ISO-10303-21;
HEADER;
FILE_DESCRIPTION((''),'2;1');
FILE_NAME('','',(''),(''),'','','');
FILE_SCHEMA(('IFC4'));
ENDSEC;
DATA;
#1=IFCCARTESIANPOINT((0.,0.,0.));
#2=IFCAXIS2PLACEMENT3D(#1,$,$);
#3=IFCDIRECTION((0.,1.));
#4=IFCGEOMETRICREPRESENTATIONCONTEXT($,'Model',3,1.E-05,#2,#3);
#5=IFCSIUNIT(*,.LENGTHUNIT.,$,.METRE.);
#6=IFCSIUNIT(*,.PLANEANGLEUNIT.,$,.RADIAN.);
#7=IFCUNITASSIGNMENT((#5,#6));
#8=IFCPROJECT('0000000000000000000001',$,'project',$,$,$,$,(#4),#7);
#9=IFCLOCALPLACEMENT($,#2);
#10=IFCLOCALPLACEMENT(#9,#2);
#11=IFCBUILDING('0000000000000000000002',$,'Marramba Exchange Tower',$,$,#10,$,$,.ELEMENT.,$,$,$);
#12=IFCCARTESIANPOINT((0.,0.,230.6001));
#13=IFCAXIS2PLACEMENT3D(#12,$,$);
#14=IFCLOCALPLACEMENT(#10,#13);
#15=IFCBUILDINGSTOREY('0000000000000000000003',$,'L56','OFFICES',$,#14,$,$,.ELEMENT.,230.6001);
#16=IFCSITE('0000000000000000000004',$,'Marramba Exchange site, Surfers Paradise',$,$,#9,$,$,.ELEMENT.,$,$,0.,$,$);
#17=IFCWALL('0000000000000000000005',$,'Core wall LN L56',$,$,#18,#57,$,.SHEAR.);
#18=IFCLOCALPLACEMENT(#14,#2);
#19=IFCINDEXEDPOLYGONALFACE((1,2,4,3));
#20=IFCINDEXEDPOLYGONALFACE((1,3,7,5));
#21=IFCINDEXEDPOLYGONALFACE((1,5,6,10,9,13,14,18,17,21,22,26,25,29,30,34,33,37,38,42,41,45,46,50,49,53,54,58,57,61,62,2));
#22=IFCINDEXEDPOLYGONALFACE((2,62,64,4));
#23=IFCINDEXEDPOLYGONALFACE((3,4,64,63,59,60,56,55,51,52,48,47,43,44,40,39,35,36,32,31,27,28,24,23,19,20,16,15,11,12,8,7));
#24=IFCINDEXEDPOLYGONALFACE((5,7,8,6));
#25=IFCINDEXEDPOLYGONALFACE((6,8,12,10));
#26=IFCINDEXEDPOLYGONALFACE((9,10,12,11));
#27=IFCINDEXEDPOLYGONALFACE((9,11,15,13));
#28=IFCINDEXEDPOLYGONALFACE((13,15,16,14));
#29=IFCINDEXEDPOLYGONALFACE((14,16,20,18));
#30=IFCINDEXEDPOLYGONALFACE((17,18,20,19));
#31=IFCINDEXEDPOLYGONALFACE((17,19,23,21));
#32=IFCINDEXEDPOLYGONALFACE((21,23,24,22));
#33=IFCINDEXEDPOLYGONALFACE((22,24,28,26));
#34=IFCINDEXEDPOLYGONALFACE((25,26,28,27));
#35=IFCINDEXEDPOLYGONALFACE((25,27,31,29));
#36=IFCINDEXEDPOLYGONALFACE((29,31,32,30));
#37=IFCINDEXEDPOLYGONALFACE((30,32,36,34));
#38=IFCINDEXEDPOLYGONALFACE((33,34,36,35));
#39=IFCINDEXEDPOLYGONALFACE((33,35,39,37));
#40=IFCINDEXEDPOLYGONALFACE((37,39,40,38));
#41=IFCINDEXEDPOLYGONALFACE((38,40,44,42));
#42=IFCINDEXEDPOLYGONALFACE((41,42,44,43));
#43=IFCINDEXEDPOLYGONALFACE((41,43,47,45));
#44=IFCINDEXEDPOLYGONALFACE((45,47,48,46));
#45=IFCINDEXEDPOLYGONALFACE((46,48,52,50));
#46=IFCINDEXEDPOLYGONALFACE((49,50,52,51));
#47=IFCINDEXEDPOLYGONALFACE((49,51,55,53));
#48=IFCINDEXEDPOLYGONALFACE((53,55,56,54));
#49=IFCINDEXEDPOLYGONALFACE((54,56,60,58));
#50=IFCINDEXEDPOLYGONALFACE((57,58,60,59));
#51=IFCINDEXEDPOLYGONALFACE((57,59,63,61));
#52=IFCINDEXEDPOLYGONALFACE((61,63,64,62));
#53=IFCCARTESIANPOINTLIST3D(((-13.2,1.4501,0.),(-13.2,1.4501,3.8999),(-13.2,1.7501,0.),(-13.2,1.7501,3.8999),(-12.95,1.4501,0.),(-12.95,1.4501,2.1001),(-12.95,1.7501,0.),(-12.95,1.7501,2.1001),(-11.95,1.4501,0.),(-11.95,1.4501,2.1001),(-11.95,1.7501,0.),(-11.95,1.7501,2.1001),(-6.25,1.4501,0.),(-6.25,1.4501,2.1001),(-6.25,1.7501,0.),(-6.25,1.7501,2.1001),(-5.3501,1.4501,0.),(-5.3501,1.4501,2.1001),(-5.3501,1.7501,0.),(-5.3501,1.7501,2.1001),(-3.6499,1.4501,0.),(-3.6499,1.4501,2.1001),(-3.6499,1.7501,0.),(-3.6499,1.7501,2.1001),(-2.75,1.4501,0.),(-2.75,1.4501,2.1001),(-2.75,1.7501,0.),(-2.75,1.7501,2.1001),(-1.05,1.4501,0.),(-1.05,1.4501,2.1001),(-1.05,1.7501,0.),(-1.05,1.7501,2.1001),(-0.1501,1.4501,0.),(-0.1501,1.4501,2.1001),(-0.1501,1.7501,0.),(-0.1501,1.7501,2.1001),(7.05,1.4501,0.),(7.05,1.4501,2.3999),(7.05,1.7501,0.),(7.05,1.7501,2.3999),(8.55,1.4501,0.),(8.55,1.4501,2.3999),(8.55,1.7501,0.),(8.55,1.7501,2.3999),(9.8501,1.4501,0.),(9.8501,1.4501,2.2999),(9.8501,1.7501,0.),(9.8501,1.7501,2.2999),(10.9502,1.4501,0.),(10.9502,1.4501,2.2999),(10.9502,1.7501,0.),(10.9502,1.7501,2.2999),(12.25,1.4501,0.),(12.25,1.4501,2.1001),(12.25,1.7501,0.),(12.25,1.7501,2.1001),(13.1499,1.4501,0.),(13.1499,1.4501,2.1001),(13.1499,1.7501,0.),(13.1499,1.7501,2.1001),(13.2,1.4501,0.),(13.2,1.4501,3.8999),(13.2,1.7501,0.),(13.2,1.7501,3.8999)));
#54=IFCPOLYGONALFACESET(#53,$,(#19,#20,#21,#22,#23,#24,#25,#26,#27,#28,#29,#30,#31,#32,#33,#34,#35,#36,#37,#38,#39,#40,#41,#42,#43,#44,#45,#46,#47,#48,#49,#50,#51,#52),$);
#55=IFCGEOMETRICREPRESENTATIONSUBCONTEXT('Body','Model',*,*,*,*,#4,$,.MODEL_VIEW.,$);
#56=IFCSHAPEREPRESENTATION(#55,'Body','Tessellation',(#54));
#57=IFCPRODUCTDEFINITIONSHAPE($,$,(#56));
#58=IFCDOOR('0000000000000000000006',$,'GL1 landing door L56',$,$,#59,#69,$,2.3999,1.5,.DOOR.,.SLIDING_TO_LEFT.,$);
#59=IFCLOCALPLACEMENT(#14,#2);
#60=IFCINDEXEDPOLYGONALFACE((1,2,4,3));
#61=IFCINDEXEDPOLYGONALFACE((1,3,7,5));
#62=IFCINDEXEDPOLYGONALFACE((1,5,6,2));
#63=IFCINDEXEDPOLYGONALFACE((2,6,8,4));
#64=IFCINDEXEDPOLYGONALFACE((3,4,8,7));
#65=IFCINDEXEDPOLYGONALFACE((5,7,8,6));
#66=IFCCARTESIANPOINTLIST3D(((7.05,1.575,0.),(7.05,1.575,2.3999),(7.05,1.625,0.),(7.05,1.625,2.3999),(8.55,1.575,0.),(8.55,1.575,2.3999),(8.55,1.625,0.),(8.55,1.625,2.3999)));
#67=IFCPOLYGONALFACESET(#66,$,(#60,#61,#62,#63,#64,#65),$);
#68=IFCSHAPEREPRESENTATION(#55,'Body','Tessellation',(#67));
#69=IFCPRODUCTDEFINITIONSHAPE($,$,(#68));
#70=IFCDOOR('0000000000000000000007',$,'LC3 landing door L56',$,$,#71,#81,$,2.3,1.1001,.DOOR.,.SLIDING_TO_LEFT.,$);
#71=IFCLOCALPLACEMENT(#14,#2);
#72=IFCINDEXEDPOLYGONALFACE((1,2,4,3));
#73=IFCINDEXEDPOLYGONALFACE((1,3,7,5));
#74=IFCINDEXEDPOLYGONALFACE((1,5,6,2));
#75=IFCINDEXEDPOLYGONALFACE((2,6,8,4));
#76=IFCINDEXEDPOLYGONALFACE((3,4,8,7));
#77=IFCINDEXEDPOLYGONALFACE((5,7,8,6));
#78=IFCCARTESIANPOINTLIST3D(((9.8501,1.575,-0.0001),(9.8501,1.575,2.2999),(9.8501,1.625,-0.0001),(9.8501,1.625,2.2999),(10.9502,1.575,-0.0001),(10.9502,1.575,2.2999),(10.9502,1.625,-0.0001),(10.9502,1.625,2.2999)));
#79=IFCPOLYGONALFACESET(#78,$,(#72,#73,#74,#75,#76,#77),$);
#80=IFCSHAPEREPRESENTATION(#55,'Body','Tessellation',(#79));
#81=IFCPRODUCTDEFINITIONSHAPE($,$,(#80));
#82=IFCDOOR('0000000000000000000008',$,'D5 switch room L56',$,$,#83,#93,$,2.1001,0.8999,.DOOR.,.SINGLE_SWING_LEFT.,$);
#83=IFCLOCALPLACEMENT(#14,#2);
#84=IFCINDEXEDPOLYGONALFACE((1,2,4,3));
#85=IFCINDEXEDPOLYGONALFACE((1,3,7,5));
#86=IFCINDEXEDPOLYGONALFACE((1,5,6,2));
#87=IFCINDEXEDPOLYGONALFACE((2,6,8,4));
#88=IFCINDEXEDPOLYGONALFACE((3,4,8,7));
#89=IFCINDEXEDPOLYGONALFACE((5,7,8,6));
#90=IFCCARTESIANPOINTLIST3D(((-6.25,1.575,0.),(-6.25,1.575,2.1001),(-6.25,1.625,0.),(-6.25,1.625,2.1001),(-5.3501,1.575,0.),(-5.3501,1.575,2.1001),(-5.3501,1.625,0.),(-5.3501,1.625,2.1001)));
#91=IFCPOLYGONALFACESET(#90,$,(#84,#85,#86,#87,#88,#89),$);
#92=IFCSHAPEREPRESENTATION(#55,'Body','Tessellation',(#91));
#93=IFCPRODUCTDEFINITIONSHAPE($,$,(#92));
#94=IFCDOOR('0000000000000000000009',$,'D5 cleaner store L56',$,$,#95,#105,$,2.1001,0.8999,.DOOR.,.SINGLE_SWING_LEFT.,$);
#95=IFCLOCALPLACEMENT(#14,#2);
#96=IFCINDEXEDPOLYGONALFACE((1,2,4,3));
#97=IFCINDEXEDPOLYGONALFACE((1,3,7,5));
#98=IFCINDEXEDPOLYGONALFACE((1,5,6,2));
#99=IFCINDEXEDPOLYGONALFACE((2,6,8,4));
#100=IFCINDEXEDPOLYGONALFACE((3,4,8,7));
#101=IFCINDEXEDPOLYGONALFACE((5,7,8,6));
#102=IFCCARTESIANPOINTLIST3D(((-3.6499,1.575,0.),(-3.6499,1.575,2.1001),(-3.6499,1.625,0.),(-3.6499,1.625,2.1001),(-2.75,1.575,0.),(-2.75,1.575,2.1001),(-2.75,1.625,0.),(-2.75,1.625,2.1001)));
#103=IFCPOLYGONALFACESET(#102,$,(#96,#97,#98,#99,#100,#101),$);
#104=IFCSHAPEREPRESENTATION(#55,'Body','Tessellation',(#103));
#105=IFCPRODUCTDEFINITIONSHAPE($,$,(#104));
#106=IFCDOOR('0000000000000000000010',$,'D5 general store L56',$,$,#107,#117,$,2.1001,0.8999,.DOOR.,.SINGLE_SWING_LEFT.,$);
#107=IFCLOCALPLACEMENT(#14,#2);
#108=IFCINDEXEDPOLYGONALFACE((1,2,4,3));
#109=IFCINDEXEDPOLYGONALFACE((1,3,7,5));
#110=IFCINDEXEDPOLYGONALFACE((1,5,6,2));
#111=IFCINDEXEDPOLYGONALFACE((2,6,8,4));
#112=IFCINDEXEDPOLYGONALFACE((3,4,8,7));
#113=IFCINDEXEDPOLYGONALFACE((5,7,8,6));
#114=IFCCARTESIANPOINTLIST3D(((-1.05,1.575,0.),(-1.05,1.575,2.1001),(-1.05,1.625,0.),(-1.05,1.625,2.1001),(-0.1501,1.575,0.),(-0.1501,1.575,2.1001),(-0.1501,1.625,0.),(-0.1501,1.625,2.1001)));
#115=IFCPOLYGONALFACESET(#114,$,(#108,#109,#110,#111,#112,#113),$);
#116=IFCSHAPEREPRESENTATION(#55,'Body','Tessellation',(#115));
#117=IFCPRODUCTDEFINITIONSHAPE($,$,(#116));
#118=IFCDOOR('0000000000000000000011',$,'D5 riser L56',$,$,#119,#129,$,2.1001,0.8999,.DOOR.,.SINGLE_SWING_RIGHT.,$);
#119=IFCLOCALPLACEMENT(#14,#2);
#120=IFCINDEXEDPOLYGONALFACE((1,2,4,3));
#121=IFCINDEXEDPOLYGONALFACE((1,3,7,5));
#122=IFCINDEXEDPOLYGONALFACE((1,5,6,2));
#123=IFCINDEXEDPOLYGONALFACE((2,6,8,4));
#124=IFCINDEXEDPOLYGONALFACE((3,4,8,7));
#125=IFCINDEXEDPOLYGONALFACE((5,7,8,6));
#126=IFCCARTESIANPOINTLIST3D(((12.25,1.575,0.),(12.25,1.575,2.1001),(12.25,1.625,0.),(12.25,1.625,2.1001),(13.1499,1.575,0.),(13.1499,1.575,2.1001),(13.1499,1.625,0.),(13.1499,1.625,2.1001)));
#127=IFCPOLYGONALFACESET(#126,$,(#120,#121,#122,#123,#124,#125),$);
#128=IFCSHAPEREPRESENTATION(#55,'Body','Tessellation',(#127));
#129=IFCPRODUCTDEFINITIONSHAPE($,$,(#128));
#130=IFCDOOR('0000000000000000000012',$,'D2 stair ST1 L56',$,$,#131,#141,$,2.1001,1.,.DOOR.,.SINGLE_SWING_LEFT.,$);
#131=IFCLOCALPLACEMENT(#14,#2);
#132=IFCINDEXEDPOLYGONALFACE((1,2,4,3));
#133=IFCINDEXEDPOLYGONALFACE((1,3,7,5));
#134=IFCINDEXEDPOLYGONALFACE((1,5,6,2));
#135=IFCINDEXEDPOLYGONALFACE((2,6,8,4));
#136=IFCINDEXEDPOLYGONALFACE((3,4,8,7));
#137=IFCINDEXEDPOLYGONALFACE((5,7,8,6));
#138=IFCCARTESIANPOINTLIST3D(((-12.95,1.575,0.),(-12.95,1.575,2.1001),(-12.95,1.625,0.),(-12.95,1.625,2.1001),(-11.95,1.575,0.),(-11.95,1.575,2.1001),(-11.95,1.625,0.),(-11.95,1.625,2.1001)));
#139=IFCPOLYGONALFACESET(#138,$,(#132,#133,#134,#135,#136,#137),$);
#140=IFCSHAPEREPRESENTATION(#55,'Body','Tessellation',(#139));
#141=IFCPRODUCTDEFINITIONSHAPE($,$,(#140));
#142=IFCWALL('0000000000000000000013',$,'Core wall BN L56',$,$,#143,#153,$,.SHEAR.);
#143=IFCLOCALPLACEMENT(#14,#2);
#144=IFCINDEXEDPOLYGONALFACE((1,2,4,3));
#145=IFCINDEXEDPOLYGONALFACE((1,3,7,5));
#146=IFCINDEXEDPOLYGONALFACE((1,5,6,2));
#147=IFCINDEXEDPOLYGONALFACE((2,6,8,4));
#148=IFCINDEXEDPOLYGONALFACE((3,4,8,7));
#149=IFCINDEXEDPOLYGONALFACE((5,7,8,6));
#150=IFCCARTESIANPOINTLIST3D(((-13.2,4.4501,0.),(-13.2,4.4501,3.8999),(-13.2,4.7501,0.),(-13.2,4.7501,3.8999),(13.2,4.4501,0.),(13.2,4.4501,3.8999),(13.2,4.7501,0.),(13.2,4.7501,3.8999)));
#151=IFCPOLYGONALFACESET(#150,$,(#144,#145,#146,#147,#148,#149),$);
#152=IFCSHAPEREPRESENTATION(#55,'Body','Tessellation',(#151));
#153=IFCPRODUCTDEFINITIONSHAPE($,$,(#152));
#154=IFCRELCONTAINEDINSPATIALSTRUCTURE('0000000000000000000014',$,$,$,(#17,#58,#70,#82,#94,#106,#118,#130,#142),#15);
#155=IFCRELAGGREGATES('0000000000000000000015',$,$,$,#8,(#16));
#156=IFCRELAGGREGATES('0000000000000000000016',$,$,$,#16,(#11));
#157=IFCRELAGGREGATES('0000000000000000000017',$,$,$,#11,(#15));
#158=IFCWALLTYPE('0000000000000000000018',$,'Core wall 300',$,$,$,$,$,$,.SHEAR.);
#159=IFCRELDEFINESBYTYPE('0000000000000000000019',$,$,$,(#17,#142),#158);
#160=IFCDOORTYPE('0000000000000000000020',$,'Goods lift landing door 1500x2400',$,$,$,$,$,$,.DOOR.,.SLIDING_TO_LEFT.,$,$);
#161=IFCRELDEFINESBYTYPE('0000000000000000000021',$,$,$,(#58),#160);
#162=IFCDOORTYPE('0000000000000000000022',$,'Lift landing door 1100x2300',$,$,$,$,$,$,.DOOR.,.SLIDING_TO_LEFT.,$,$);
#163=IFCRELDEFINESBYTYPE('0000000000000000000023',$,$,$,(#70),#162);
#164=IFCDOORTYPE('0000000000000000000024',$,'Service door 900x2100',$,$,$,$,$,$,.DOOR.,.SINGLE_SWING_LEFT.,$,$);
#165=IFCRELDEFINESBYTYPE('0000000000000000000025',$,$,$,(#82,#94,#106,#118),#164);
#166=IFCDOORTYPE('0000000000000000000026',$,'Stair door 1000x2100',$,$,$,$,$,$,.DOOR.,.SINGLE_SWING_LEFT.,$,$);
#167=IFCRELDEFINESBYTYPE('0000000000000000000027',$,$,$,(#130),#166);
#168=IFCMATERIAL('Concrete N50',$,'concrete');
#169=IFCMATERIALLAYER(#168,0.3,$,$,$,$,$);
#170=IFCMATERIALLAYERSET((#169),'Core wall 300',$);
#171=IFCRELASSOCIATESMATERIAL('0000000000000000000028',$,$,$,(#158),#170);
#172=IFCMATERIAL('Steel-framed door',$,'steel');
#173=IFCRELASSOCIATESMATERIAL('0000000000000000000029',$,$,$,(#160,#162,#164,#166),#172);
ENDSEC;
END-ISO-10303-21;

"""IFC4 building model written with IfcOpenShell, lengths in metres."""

from ifc_helpers import new_model, si_unit, direction, frame, frame_2d, origin, place, context, subcontext, project, spatial, rectangle, extrude, material, layer, layer_set, type_object, element, fill, save


model = new_model("IFC4")

# Units and contexts
model_context = context("Model", 3, precision=1e-05, world=origin(), true_north=direction((0.0, 1.0)))
body_context = subcontext(model_context, "Body", "Model", "MODEL_VIEW")
ifc_project = project(units=[si_unit("LENGTHUNIT", "METRE"), si_unit("PLANEANGLEUNIT", "RADIAN")], contexts=[model_context])

# Site, building, storey
site_placement = place(None, origin())
site = spatial("IfcSite", under=ifc_project, at=site_placement, Name="Marramba Exchange site, Surfers Paradise", CompositionType="ELEMENT", RefElevation=0.0)
building_placement = place(site_placement, origin())
building = spatial("IfcBuilding", under=site, at=building_placement, Name="Marramba Exchange Tower", CompositionType="ELEMENT")
storey_placement = place(building_placement, frame((0.0, 0.0, 230.6001)))
storey = spatial("IfcBuildingStorey", under=building, at=storey_placement, Name="L56", Description="OFFICES", CompositionType="ELEMENT", Elevation=230.6001)

# Shared definitions
ifc_material_1 = material(Name="Concrete N50", Category="concrete")

# Shared definitions
ifc_material_2 = material(Name="Steel-framed door", Category="steel")

# Wall, openings, doors
ifc_layer_1 = layer(ifc_material_1, 0.3)
ifc_layer_set_1 = layer_set([ifc_layer_1], Name="Core wall 300")
wall_type_1 = type_object("IfcWallType", Name="Core wall 300", PredefinedType="SHEAR", material=ifc_layer_set_1)
wall_1_placement = place(storey_placement, frame((-13.2, 1.6001, 0.0), z_axis=(0.0, 0.0, 1.0), x_axis=(1.0, 0.0, 0.0)))
wall_1 = element("IfcWall", 1, at=wall_1_placement, inside=storey, type_object=wall_type_1, Name="Core wall LN L56", PredefinedType="SHEAR", context=body_context, shape_type="SweptSolid", body=[
    extrude(rectangle(XDim=26.3999, YDim=0.3, at=frame_2d((13.2, 0.0))), origin(), (0.0, 0.0, 1.0), 3.8999),
])
opening_1_placement = place(wall_1_placement, frame((0.25, 0.0, 0.0)))
opening_1 = element("IfcOpeningElement", 2, at=opening_1_placement, cuts=wall_1, PredefinedType="OPENING", context=body_context, shape_type="SweptSolid", body=[
    extrude(rectangle(XDim=1.0, YDim=2.1001, at=frame_2d((0.5, 1.05))), frame((0.0, 0.1599, 0.0), z_axis=(0.0, -1.0, 0.0), x_axis=(1.0, 0.0, 0.0)), (0.0, 0.0, 1.0), 0.3201),
])
opening_2_placement = place(wall_1_placement, frame((23.05, 0.0, 0.0)))
opening_2 = element("IfcOpeningElement", 3, at=opening_2_placement, cuts=wall_1, PredefinedType="OPENING", context=body_context, shape_type="SweptSolid", body=[
    extrude(rectangle(XDim=1.1001, YDim=2.3, at=frame_2d((0.55, 1.1499))), frame((0.0, 0.1599, 0.0), z_axis=(0.0, -1.0, 0.0), x_axis=(1.0, 0.0, 0.0)), (0.0, 0.0, 1.0), 0.3201),
])
opening_3_placement = place(wall_1_placement, frame((20.25, 0.0, 0.0)))
opening_3 = element("IfcOpeningElement", 4, at=opening_3_placement, cuts=wall_1, PredefinedType="OPENING", context=body_context, shape_type="SweptSolid", body=[
    extrude(rectangle(XDim=1.5, YDim=2.3999, at=frame_2d((0.75, 1.2))), frame((0.0, 0.1599, 0.0), z_axis=(0.0, -1.0, 0.0), x_axis=(1.0, 0.0, 0.0)), (0.0, 0.0, 1.0), 0.3201),
])
opening_4_placement = place(wall_1_placement, frame((6.95, 0.0, 0.0)))
opening_4 = element("IfcOpeningElement", 5, at=opening_4_placement, cuts=wall_1, PredefinedType="OPENING", context=body_context, shape_type="SweptSolid", body=[
    extrude(rectangle(XDim=0.8999, YDim=2.1001, at=frame_2d((0.45, 1.05))), frame((0.0, 0.1599, 0.0), z_axis=(0.0, -1.0, 0.0), x_axis=(1.0, 0.0, 0.0)), (0.0, 0.0, 1.0), 0.3201),
])
opening_5_placement = place(wall_1_placement, frame((9.55, 0.0, 0.0)))
opening_5 = element("IfcOpeningElement", 6, at=opening_5_placement, cuts=wall_1, PredefinedType="OPENING", context=body_context, shape_type="SweptSolid", body=[
    extrude(rectangle(XDim=0.8999, YDim=2.1001, at=frame_2d((0.45, 1.05))), frame((0.0, 0.1599, 0.0), z_axis=(0.0, -1.0, 0.0), x_axis=(1.0, 0.0, 0.0)), (0.0, 0.0, 1.0), 0.3201),
])
opening_6_placement = place(wall_1_placement, frame((12.1499, 0.0, 0.0)))
opening_6 = element("IfcOpeningElement", 7, at=opening_6_placement, cuts=wall_1, PredefinedType="OPENING", context=body_context, shape_type="SweptSolid", body=[
    extrude(rectangle(XDim=0.8999, YDim=2.1001, at=frame_2d((0.45, 1.05))), frame((0.0, 0.1599, 0.0), z_axis=(0.0, -1.0, 0.0), x_axis=(1.0, 0.0, 0.0)), (0.0, 0.0, 1.0), 0.3201),
])
opening_7_placement = place(wall_1_placement, frame((25.45, 0.0, 0.0)))
opening_7 = element("IfcOpeningElement", 8, at=opening_7_placement, cuts=wall_1, PredefinedType="OPENING", context=body_context, shape_type="SweptSolid", body=[
    extrude(rectangle(XDim=0.8999, YDim=2.1001, at=frame_2d((0.45, 1.05))), frame((0.0, 0.1599, 0.0), z_axis=(0.0, -1.0, 0.0), x_axis=(1.0, 0.0, 0.0)), (0.0, 0.0, 1.0), 0.3201),
])
door_type_1 = type_object("IfcDoorType", Name="Goods lift landing door 1500x2400", OperationType="SLIDING_TO_LEFT", PredefinedType="DOOR", material=ifc_material_2)
door_1_placement = place(opening_3_placement, origin())
door_1 = element("IfcDoor", 9, at=door_1_placement, inside=storey, type_object=door_type_1, Name="GL1 landing door L56", OperationType="SLIDING_TO_LEFT", OverallHeight=2.3999, OverallWidth=1.5, PredefinedType="DOOR", context=body_context, shape_type="SweptSolid", body=[
    extrude(rectangle(XDim=1.5, YDim=2.3999, at=frame_2d((0.75, 1.2))), frame((0.0, 0.0249, 0.0), z_axis=(0.0, -1.0, 0.0), x_axis=(1.0, 0.0, 0.0)), (0.0, 0.0, 1.0), 0.05),
])
fill(opening_3, door_1)
door_type_2 = type_object("IfcDoorType", Name="Lift landing door 1100x2300", OperationType="SLIDING_TO_LEFT", PredefinedType="DOOR", material=ifc_material_2)
door_2_placement = place(opening_2_placement, origin())
door_2 = element("IfcDoor", 10, at=door_2_placement, inside=storey, type_object=door_type_2, Name="LC3 landing door L56", OperationType="SLIDING_TO_LEFT", OverallHeight=2.3, OverallWidth=1.1001, PredefinedType="DOOR", context=body_context, shape_type="SweptSolid", body=[
    extrude(rectangle(XDim=1.1001, YDim=2.3, at=frame_2d((0.55, 1.1499))), frame((0.0, 0.0249, 0.0), z_axis=(0.0, -1.0, 0.0), x_axis=(1.0, 0.0, 0.0)), (0.0, 0.0, 1.0), 0.05),
])
fill(opening_2, door_2)
door_type_3 = type_object("IfcDoorType", Name="Service door 900x2100", OperationType="SINGLE_SWING_LEFT", PredefinedType="DOOR", material=ifc_material_2)
door_3_placement = place(opening_4_placement, origin())
door_3 = element("IfcDoor", 11, at=door_3_placement, inside=storey, type_object=door_type_3, Name="D5 switch room L56", OperationType="SINGLE_SWING_LEFT", OverallHeight=2.1001, OverallWidth=0.8999, PredefinedType="DOOR", context=body_context, shape_type="SweptSolid", body=[
    extrude(rectangle(XDim=0.8999, YDim=2.1001, at=frame_2d((0.45, 1.05))), frame((0.0, 0.0249, 0.0), z_axis=(0.0, -1.0, 0.0), x_axis=(1.0, 0.0, 0.0)), (0.0, 0.0, 1.0), 0.05),
])
fill(opening_4, door_3)
door_4_placement = place(opening_5_placement, origin())
door_4 = element("IfcDoor", 12, at=door_4_placement, inside=storey, type_object=door_type_3, Name="D5 cleaner store L56", OperationType="SINGLE_SWING_LEFT", OverallHeight=2.1001, OverallWidth=0.8999, PredefinedType="DOOR", context=body_context, shape_type="SweptSolid", body=[
    extrude(rectangle(XDim=0.8999, YDim=2.1001, at=frame_2d((0.45, 1.05))), frame((0.0, 0.0249, 0.0), z_axis=(0.0, -1.0, 0.0), x_axis=(1.0, 0.0, 0.0)), (0.0, 0.0, 1.0), 0.05),
])
fill(opening_5, door_4)
door_5_placement = place(opening_6_placement, origin())
door_5 = element("IfcDoor", 13, at=door_5_placement, inside=storey, type_object=door_type_3, Name="D5 general store L56", OperationType="SINGLE_SWING_LEFT", OverallHeight=2.1001, OverallWidth=0.8999, PredefinedType="DOOR", context=body_context, shape_type="SweptSolid", body=[
    extrude(rectangle(XDim=0.8999, YDim=2.1001, at=frame_2d((0.45, 1.05))), frame((0.0, 0.0249, 0.0), z_axis=(0.0, -1.0, 0.0), x_axis=(1.0, 0.0, 0.0)), (0.0, 0.0, 1.0), 0.05),
])
fill(opening_6, door_5)
door_6_placement = place(opening_7_placement, origin())
door_6 = element("IfcDoor", 14, at=door_6_placement, inside=storey, type_object=door_type_3, Name="D5 riser L56", OperationType="SINGLE_SWING_RIGHT", OverallHeight=2.1001, OverallWidth=0.8999, PredefinedType="DOOR", context=body_context, shape_type="SweptSolid", body=[
    extrude(rectangle(XDim=0.8999, YDim=2.1001, at=frame_2d((0.45, 1.05))), frame((0.0, 0.0249, 0.0), z_axis=(0.0, -1.0, 0.0), x_axis=(1.0, 0.0, 0.0)), (0.0, 0.0, 1.0), 0.05),
])
fill(opening_7, door_6)
door_type_4 = type_object("IfcDoorType", Name="Stair door 1000x2100", OperationType="SINGLE_SWING_LEFT", PredefinedType="DOOR", material=ifc_material_2)
door_7_placement = place(opening_1_placement, origin())
door_7 = element("IfcDoor", 15, at=door_7_placement, inside=storey, type_object=door_type_4, Name="D2 stair ST1 L56", OperationType="SINGLE_SWING_LEFT", OverallHeight=2.1001, OverallWidth=1.0, PredefinedType="DOOR", context=body_context, shape_type="SweptSolid", body=[
    extrude(rectangle(XDim=1.0, YDim=2.1001, at=frame_2d((0.5, 1.05))), frame((0.0, 0.0249, 0.0), z_axis=(0.0, -1.0, 0.0), x_axis=(1.0, 0.0, 0.0)), (0.0, 0.0, 1.0), 0.05),
])
fill(opening_1, door_7)

# Wall
wall_2_placement = place(storey_placement, frame((-13.2, 4.6001, 0.0), z_axis=(0.0, 0.0, 1.0), x_axis=(1.0, 0.0, 0.0)))
element("IfcWall", 16, at=wall_2_placement, inside=storey, type_object=wall_type_1, Name="Core wall BN L56", PredefinedType="SHEAR", context=body_context, shape_type="SweptSolid", body=[
    extrude(rectangle(XDim=26.3999, YDim=0.3, at=frame_2d((13.2, 0.0))), origin(), (0.0, 0.0, 1.0), 3.8999),
])

save(model, "model.ifc")
